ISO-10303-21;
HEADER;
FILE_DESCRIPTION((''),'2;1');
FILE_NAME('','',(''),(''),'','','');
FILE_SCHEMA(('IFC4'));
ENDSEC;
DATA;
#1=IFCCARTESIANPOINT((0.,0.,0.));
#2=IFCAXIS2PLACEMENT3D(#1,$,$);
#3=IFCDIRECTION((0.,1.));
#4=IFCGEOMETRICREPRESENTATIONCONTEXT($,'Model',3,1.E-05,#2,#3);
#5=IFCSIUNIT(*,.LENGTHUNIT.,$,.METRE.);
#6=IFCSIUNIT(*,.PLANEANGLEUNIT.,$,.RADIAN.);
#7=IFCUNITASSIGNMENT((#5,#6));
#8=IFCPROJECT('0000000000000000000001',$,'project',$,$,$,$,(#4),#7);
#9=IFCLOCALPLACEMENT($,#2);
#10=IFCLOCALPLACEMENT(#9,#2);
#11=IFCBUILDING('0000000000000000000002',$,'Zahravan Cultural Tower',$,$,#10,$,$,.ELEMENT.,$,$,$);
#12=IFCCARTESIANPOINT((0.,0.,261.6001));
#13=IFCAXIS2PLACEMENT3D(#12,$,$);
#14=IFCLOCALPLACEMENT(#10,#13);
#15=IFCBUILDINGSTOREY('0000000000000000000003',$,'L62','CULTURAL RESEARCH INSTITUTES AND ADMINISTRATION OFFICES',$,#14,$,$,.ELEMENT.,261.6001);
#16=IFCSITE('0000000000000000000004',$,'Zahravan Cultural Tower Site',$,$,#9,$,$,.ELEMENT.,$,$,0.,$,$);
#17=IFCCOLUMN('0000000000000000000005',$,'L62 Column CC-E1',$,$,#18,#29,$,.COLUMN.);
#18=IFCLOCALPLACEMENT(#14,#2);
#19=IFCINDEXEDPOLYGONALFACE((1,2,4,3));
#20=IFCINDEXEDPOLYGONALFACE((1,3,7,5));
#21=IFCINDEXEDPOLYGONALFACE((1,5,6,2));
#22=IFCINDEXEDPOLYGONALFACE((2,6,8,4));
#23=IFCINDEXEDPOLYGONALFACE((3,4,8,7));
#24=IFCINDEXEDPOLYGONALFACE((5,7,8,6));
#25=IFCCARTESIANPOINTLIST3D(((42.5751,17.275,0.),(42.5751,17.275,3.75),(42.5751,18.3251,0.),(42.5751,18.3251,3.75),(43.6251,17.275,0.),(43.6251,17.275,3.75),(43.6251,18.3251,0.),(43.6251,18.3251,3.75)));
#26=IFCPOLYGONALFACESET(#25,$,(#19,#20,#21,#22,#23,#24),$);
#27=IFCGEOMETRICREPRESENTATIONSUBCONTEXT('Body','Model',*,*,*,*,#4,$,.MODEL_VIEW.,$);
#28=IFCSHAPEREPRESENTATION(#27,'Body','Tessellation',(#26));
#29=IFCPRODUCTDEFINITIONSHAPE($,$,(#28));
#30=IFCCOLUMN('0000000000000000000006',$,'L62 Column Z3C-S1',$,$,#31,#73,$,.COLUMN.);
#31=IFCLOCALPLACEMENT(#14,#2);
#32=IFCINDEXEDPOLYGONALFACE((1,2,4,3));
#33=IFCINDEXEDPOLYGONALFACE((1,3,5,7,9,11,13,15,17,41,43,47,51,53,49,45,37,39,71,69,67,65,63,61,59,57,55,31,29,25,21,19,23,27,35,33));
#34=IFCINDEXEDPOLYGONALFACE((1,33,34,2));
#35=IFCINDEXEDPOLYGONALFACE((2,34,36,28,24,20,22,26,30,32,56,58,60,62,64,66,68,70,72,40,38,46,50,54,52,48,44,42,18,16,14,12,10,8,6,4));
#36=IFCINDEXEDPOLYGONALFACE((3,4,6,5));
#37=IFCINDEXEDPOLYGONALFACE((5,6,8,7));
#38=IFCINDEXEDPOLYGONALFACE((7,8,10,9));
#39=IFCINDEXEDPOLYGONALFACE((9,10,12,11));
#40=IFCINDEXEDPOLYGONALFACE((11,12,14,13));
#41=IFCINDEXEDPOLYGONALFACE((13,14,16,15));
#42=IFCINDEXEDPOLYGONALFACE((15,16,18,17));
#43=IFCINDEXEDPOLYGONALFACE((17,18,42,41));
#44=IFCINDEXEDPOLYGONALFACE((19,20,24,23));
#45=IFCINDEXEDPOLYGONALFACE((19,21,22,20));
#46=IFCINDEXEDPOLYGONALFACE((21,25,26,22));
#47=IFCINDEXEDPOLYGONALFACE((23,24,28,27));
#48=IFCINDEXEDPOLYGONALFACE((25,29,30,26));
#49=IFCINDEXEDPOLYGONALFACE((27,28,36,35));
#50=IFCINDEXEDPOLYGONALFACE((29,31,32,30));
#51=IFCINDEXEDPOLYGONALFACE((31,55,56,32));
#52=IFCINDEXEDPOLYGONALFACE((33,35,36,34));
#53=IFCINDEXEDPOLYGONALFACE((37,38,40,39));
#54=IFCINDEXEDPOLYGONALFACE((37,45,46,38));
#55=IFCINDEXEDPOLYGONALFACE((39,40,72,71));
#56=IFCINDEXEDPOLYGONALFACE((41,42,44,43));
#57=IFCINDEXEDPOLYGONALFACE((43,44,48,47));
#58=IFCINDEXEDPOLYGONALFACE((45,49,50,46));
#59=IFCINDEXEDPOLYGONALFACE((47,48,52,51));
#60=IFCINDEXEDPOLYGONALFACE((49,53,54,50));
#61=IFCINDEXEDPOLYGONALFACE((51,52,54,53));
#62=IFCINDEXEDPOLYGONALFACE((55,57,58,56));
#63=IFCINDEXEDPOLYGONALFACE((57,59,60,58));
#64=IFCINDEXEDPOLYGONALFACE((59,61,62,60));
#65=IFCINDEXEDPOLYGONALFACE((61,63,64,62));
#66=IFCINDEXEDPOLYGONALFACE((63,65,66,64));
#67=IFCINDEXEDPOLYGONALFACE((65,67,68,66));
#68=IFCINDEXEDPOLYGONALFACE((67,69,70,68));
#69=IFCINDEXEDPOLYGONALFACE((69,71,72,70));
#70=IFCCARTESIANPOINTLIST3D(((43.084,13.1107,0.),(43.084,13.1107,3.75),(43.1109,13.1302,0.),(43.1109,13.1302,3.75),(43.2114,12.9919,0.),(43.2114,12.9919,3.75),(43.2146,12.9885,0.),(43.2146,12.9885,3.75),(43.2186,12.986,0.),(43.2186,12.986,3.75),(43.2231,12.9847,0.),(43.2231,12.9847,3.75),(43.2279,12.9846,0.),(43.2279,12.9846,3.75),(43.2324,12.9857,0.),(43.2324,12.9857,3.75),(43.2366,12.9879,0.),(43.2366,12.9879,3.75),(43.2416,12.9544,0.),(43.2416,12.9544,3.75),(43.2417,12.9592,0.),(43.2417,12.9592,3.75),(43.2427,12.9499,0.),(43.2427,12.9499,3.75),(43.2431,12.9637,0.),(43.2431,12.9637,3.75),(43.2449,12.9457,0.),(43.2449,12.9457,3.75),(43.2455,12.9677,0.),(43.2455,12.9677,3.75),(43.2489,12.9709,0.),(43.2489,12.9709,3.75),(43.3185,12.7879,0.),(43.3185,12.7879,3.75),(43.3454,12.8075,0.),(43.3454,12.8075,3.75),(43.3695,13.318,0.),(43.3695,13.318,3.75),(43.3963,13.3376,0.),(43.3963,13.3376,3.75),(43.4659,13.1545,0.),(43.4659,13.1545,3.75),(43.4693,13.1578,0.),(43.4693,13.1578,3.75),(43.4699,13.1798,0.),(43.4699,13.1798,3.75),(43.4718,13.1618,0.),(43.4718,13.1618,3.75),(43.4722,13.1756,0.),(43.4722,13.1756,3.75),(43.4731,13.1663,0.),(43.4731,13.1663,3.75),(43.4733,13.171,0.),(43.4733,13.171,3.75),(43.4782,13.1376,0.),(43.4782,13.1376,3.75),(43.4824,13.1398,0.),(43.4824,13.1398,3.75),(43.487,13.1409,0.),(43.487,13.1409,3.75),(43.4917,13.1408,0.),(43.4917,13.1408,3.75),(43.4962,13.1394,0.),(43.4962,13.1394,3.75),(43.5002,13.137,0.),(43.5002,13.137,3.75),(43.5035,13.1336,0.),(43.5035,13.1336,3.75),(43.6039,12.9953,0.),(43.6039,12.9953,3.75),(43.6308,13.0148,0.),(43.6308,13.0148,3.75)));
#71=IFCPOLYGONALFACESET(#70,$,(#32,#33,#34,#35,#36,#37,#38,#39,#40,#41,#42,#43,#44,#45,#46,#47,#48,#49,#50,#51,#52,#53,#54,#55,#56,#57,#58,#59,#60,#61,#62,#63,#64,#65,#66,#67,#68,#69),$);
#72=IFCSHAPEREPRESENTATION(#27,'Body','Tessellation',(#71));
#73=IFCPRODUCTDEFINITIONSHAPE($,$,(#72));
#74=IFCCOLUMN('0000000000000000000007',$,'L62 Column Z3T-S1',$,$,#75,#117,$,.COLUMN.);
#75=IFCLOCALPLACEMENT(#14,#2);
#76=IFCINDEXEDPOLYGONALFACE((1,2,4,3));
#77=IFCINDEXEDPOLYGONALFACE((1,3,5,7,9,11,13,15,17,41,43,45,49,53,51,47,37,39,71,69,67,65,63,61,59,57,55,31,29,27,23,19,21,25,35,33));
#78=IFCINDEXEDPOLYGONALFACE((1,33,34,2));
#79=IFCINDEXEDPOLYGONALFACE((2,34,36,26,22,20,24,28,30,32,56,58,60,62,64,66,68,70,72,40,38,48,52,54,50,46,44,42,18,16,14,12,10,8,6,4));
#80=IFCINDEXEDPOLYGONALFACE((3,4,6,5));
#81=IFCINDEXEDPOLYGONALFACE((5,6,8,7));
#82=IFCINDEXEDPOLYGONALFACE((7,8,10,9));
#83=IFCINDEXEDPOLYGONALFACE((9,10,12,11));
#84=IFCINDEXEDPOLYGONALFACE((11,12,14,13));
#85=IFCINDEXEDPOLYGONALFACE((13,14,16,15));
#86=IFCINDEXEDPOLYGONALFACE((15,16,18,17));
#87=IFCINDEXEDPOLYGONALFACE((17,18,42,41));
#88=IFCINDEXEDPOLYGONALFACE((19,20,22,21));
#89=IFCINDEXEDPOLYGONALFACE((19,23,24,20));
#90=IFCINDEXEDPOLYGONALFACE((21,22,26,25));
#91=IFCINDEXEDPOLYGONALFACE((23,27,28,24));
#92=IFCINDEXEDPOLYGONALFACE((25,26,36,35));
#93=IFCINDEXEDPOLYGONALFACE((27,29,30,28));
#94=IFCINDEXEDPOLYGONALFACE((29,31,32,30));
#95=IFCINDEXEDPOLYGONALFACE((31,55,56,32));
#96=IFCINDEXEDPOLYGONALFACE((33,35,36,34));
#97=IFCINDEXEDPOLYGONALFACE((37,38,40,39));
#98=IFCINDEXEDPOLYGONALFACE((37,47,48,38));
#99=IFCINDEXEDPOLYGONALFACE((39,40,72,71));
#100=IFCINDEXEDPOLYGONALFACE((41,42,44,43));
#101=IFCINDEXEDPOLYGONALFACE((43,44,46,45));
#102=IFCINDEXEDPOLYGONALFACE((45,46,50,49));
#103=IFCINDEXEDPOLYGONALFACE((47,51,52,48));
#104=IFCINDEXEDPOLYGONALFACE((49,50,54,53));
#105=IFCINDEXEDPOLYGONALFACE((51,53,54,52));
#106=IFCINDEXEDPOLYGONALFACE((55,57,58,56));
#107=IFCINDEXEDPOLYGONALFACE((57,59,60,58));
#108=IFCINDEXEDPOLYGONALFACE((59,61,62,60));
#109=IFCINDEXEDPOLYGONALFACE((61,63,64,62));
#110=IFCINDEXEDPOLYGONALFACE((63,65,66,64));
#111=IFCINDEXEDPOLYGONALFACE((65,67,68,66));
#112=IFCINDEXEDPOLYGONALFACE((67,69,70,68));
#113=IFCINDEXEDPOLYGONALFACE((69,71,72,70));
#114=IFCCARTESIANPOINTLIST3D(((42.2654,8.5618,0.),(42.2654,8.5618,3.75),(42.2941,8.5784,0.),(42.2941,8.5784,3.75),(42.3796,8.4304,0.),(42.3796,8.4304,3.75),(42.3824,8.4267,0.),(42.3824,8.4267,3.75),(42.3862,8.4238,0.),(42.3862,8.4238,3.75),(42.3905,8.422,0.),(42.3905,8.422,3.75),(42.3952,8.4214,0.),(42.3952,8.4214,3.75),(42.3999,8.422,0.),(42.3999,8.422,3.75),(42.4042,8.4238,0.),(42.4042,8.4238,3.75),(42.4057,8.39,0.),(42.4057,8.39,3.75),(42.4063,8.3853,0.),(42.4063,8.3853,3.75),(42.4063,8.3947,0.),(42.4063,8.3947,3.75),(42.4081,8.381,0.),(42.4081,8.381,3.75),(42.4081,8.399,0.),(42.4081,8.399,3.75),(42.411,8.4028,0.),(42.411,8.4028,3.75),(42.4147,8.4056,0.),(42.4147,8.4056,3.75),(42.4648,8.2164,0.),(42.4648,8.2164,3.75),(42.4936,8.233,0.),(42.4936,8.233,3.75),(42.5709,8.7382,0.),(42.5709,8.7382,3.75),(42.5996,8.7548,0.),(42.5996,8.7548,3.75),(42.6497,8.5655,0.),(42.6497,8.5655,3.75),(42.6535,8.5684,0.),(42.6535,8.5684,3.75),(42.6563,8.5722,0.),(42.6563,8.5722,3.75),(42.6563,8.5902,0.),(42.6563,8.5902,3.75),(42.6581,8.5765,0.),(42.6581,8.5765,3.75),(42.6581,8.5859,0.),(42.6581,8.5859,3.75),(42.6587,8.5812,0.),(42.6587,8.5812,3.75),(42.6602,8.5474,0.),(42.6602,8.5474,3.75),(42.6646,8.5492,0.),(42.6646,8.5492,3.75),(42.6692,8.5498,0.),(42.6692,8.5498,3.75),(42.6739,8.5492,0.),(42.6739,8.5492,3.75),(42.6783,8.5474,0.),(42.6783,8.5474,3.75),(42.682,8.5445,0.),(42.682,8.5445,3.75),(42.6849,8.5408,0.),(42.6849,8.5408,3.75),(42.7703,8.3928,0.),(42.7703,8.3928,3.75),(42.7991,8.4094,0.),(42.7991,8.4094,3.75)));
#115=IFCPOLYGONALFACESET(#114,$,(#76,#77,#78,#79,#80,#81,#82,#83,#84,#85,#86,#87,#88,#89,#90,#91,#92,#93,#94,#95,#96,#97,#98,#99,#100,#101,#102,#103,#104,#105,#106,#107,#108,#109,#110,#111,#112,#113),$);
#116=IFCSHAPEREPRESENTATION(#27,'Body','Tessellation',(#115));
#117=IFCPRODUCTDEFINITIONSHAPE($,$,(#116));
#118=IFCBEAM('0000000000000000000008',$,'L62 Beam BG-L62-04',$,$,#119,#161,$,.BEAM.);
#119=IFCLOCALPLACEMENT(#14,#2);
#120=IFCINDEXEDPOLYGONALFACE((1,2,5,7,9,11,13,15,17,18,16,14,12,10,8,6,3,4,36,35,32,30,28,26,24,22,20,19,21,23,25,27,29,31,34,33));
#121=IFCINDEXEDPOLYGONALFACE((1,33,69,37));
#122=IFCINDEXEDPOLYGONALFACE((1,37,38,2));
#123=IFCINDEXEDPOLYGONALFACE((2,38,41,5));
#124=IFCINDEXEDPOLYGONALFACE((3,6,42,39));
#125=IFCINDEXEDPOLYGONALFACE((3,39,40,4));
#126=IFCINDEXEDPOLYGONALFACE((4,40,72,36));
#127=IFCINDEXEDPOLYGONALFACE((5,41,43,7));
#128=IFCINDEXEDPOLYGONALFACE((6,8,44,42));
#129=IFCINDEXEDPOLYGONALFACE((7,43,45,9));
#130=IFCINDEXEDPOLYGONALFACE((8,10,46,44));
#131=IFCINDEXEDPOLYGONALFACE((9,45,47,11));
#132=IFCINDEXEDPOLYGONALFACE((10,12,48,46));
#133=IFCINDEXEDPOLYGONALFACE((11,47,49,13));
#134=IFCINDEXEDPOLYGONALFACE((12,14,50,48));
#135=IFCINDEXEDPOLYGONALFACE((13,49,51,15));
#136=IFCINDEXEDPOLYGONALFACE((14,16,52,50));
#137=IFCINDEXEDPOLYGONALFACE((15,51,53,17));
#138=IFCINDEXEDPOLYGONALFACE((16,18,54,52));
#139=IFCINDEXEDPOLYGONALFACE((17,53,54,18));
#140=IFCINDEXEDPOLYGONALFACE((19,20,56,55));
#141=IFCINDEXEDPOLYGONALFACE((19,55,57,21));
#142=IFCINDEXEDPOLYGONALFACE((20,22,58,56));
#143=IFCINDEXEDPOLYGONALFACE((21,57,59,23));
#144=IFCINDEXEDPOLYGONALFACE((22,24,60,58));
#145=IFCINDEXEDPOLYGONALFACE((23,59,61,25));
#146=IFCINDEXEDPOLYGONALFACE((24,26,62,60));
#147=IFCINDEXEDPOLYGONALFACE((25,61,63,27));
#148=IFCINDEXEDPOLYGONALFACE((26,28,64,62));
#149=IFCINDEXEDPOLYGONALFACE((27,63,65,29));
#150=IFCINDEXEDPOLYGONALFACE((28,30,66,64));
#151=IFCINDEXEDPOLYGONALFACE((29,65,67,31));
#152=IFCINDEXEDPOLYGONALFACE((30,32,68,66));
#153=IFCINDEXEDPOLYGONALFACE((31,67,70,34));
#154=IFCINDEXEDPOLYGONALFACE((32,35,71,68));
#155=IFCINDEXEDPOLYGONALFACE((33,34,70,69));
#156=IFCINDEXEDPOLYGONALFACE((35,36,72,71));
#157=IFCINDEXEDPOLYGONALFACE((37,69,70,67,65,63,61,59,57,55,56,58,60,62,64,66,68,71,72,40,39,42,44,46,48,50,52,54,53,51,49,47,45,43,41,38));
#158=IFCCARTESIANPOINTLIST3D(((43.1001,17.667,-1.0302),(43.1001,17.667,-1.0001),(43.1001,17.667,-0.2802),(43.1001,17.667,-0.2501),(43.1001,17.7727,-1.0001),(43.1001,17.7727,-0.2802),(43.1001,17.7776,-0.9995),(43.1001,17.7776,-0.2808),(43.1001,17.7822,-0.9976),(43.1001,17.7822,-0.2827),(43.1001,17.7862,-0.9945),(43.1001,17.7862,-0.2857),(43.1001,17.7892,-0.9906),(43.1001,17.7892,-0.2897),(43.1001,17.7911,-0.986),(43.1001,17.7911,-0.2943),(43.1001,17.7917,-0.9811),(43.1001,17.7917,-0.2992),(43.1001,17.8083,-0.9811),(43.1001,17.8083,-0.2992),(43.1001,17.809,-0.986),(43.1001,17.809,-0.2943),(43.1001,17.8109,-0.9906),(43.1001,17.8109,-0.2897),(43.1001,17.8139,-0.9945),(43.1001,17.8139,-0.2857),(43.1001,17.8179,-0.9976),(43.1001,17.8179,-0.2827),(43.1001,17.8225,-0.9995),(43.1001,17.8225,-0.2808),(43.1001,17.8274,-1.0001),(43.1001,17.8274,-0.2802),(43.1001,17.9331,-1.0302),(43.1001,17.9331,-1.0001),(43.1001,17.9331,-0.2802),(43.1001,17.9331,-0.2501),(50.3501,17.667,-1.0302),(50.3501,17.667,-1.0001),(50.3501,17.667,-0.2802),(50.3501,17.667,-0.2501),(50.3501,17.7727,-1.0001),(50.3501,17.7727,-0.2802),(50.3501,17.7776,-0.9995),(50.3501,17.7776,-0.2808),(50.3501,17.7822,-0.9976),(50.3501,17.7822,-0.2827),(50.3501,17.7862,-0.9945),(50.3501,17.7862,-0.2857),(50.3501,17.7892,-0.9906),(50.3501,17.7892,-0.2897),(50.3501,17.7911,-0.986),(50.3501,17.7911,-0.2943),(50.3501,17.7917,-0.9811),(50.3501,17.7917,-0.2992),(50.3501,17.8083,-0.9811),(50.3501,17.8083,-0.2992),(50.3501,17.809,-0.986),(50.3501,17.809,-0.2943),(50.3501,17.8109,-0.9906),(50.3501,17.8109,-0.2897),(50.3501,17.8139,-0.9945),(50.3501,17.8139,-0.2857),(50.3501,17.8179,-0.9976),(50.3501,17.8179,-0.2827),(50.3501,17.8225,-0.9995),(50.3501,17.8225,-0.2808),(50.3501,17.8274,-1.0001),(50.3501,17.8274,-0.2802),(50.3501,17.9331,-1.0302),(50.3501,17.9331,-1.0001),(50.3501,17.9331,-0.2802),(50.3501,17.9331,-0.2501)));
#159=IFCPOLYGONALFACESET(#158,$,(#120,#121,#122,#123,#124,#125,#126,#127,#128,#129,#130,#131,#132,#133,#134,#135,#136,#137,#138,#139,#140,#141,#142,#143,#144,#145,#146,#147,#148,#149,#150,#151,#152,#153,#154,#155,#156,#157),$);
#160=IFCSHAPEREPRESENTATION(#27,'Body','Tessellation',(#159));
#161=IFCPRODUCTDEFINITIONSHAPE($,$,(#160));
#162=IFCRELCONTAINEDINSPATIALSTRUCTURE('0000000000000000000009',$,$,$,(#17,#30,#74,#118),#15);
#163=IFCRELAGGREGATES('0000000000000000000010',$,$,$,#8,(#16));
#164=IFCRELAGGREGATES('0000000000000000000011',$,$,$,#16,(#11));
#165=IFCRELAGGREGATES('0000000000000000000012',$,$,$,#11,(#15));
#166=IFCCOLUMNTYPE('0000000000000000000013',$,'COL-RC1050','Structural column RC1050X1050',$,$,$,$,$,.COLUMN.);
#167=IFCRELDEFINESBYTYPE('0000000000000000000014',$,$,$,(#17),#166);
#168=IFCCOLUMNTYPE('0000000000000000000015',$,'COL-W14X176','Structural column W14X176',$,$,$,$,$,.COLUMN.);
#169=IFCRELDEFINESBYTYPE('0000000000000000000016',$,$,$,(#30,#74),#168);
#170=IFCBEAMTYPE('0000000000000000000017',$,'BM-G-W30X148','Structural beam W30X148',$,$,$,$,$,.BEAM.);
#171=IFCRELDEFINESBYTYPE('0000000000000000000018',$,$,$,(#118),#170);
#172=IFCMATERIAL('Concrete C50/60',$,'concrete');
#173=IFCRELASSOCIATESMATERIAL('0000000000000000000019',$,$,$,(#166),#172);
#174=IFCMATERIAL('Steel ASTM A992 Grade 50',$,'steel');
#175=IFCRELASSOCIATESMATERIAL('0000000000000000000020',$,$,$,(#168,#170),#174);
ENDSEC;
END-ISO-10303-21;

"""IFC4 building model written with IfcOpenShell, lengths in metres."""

from ifc_helpers import new_model, si_unit, direction, frame, origin, origin_2d, place, context, subcontext, project, spatial, rectangle, i_section, extrude, source, transform, mapped, material, material_profile, profile_set, type_object, element, save


model = new_model("IFC4")

# Units and contexts
model_context = context("Model", 3, precision=1e-05, world=origin(), true_north=direction((0.0, 1.0)))
body_context = subcontext(model_context, "Body", "Model", "MODEL_VIEW")
ifc_project = project(units=[si_unit("LENGTHUNIT", "METRE"), si_unit("PLANEANGLEUNIT", "RADIAN")], contexts=[model_context])

# Site, building, storey
site_placement = place(None, origin())
site = spatial("IfcSite", under=ifc_project, at=site_placement, Name="Zahravan Cultural Tower Site", CompositionType="ELEMENT", RefElevation=0.0)
building_placement = place(site_placement, origin())
building = spatial("IfcBuilding", under=site, at=building_placement, Name="Zahravan Cultural Tower", CompositionType="ELEMENT")
storey_placement = place(building_placement, frame((0.0, 0.0, 261.6001)))
storey = spatial("IfcBuildingStorey", under=building, at=storey_placement, Name="L62", Description="CULTURAL RESEARCH INSTITUTES AND ADMINISTRATION OFFICES", CompositionType="ELEMENT", Elevation=261.6001)

# Columns
ifc_material_1 = material(Name="Concrete C50/60", Category="concrete")
ifc_material_profile_1 = material_profile(ifc_material_1, rectangle(XDim=1.05, YDim=1.05, at=origin_2d()), Name="RC1050X1050")
ifc_profile_set_1 = profile_set([ifc_material_profile_1], Name="Concrete C50/60")
column_type_1 = type_object("IfcColumnType", Name="COL-RC1050", Description="Structural column RC1050X1050", PredefinedType="COLUMN", material=ifc_profile_set_1)
shared_shape_1 = source(origin(), body_context, "Body", "SweptSolid", [
    extrude(rectangle(XDim=1.05, YDim=1.05, at=origin_2d()), origin(), (0.0, 0.0, 1.0), 3.75),
])
column_placement = place(storey_placement, frame((43.1001, 17.8, 0.0), z_axis=(0.0, 0.0, 1.0), x_axis=(1.0, 0.0, 0.0)))
element("IfcColumn", 1, at=column_placement, inside=storey, type_object=column_type_1, Name="L62 Column CC-E1", PredefinedType="COLUMN", context=body_context, shape_type="MappedRepresentation", body=[
    mapped(shared_shape_1, transform((0.0, 0.0, 0.0), x_axis=(1.0, 0.0, 0.0), y_axis=(0.0, 1.0, 0.0), z_axis=(0.0, 0.0, 1.0), scale=1.0)),
])
ifc_material_2 = material(Name="Steel ASTM A992 Grade 50", Category="steel")
ifc_material_profile_2 = material_profile(ifc_material_2, i_section(OverallWidth=0.3989, OverallDepth=0.386, WebThickness=0.021, FlangeThickness=0.0332, FilletRadius=0.0181, at=origin_2d()), Name="W14X176")
ifc_profile_set_2 = profile_set([ifc_material_profile_2], Name="Steel ASTM A992 Grade 50")
column_type_2 = type_object("IfcColumnType", Name="COL-W14X176", Description="Structural column W14X176", PredefinedType="COLUMN", material=ifc_profile_set_2)
shared_shape_2 = source(origin(), body_context, "Body", "SweptSolid", [
    extrude(i_section(OverallWidth=0.3989, OverallDepth=0.386, WebThickness=0.021, FlangeThickness=0.0332, FilletRadius=0.0181, at=origin_2d()), origin(), (0.0, 0.0, 1.0), 3.75),
])
for number, where, z_axis, x_axis, name in (
    (2, (43.3574, 13.0627, 0.0), (0.0, 0.0, 1.0), (-0.587785, 0.809017, 0.0), "L62 Column Z3C-S1"),
    (3, (42.5322, 8.4856, 0.0), (0.0, 0.0, 1.0), (-0.5, 0.866025, 0.0), "L62 Column Z3T-S1"),
):
    element("IfcColumn", number, at=place(storey_placement, frame(where, z_axis=z_axis, x_axis=x_axis)), inside=storey, type_object=column_type_2, Name=name, PredefinedType="COLUMN", context=body_context, shape_type="MappedRepresentation", body=[
        mapped(shared_shape_2, transform((0.0, 0.0, 0.0), x_axis=(1.0, 0.0, 0.0), y_axis=(0.0, 1.0, 0.0), z_axis=(0.0, 0.0, 1.0), scale=1.0)),
    ])

# Beam
ifc_material_profile_3 = material_profile(ifc_material_2, i_section(OverallWidth=0.2661, OverallDepth=0.78, WebThickness=0.0166, FlangeThickness=0.03, FilletRadius=0.019, at=origin_2d()), Name="W30X148")
ifc_profile_set_3 = profile_set([ifc_material_profile_3], Name="Steel ASTM A992 Grade 50")
beam_type_1 = type_object("IfcBeamType", Name="BM-G-W30X148", Description="Structural beam W30X148", PredefinedType="BEAM", material=ifc_profile_set_3)
shared_shape_3 = source(origin(), body_context, "Body", "SweptSolid", [
    extrude(i_section(OverallWidth=0.2661, OverallDepth=0.78, WebThickness=0.0166, FlangeThickness=0.03, FilletRadius=0.019, at=origin_2d()), origin(), (0.0, 0.0, 1.0), 7.25),
])
beam_1_placement = place(storey_placement, frame((43.1001, 17.8, -0.6401), z_axis=(1.0, 0.0, 0.0), x_axis=(0.0, 1.0, 0.0)))
element("IfcBeam", 4, at=beam_1_placement, inside=storey, type_object=beam_type_1, Name="L62 Beam BG-L62-04", PredefinedType="BEAM", context=body_context, shape_type="MappedRepresentation", body=[
    mapped(shared_shape_3, transform((0.0, 0.0, 0.0), x_axis=(1.0, 0.0, 0.0), y_axis=(0.0, 1.0, 0.0), z_axis=(0.0, 0.0, 1.0), scale=1.0)),
])

save(model, "model.ifc")
